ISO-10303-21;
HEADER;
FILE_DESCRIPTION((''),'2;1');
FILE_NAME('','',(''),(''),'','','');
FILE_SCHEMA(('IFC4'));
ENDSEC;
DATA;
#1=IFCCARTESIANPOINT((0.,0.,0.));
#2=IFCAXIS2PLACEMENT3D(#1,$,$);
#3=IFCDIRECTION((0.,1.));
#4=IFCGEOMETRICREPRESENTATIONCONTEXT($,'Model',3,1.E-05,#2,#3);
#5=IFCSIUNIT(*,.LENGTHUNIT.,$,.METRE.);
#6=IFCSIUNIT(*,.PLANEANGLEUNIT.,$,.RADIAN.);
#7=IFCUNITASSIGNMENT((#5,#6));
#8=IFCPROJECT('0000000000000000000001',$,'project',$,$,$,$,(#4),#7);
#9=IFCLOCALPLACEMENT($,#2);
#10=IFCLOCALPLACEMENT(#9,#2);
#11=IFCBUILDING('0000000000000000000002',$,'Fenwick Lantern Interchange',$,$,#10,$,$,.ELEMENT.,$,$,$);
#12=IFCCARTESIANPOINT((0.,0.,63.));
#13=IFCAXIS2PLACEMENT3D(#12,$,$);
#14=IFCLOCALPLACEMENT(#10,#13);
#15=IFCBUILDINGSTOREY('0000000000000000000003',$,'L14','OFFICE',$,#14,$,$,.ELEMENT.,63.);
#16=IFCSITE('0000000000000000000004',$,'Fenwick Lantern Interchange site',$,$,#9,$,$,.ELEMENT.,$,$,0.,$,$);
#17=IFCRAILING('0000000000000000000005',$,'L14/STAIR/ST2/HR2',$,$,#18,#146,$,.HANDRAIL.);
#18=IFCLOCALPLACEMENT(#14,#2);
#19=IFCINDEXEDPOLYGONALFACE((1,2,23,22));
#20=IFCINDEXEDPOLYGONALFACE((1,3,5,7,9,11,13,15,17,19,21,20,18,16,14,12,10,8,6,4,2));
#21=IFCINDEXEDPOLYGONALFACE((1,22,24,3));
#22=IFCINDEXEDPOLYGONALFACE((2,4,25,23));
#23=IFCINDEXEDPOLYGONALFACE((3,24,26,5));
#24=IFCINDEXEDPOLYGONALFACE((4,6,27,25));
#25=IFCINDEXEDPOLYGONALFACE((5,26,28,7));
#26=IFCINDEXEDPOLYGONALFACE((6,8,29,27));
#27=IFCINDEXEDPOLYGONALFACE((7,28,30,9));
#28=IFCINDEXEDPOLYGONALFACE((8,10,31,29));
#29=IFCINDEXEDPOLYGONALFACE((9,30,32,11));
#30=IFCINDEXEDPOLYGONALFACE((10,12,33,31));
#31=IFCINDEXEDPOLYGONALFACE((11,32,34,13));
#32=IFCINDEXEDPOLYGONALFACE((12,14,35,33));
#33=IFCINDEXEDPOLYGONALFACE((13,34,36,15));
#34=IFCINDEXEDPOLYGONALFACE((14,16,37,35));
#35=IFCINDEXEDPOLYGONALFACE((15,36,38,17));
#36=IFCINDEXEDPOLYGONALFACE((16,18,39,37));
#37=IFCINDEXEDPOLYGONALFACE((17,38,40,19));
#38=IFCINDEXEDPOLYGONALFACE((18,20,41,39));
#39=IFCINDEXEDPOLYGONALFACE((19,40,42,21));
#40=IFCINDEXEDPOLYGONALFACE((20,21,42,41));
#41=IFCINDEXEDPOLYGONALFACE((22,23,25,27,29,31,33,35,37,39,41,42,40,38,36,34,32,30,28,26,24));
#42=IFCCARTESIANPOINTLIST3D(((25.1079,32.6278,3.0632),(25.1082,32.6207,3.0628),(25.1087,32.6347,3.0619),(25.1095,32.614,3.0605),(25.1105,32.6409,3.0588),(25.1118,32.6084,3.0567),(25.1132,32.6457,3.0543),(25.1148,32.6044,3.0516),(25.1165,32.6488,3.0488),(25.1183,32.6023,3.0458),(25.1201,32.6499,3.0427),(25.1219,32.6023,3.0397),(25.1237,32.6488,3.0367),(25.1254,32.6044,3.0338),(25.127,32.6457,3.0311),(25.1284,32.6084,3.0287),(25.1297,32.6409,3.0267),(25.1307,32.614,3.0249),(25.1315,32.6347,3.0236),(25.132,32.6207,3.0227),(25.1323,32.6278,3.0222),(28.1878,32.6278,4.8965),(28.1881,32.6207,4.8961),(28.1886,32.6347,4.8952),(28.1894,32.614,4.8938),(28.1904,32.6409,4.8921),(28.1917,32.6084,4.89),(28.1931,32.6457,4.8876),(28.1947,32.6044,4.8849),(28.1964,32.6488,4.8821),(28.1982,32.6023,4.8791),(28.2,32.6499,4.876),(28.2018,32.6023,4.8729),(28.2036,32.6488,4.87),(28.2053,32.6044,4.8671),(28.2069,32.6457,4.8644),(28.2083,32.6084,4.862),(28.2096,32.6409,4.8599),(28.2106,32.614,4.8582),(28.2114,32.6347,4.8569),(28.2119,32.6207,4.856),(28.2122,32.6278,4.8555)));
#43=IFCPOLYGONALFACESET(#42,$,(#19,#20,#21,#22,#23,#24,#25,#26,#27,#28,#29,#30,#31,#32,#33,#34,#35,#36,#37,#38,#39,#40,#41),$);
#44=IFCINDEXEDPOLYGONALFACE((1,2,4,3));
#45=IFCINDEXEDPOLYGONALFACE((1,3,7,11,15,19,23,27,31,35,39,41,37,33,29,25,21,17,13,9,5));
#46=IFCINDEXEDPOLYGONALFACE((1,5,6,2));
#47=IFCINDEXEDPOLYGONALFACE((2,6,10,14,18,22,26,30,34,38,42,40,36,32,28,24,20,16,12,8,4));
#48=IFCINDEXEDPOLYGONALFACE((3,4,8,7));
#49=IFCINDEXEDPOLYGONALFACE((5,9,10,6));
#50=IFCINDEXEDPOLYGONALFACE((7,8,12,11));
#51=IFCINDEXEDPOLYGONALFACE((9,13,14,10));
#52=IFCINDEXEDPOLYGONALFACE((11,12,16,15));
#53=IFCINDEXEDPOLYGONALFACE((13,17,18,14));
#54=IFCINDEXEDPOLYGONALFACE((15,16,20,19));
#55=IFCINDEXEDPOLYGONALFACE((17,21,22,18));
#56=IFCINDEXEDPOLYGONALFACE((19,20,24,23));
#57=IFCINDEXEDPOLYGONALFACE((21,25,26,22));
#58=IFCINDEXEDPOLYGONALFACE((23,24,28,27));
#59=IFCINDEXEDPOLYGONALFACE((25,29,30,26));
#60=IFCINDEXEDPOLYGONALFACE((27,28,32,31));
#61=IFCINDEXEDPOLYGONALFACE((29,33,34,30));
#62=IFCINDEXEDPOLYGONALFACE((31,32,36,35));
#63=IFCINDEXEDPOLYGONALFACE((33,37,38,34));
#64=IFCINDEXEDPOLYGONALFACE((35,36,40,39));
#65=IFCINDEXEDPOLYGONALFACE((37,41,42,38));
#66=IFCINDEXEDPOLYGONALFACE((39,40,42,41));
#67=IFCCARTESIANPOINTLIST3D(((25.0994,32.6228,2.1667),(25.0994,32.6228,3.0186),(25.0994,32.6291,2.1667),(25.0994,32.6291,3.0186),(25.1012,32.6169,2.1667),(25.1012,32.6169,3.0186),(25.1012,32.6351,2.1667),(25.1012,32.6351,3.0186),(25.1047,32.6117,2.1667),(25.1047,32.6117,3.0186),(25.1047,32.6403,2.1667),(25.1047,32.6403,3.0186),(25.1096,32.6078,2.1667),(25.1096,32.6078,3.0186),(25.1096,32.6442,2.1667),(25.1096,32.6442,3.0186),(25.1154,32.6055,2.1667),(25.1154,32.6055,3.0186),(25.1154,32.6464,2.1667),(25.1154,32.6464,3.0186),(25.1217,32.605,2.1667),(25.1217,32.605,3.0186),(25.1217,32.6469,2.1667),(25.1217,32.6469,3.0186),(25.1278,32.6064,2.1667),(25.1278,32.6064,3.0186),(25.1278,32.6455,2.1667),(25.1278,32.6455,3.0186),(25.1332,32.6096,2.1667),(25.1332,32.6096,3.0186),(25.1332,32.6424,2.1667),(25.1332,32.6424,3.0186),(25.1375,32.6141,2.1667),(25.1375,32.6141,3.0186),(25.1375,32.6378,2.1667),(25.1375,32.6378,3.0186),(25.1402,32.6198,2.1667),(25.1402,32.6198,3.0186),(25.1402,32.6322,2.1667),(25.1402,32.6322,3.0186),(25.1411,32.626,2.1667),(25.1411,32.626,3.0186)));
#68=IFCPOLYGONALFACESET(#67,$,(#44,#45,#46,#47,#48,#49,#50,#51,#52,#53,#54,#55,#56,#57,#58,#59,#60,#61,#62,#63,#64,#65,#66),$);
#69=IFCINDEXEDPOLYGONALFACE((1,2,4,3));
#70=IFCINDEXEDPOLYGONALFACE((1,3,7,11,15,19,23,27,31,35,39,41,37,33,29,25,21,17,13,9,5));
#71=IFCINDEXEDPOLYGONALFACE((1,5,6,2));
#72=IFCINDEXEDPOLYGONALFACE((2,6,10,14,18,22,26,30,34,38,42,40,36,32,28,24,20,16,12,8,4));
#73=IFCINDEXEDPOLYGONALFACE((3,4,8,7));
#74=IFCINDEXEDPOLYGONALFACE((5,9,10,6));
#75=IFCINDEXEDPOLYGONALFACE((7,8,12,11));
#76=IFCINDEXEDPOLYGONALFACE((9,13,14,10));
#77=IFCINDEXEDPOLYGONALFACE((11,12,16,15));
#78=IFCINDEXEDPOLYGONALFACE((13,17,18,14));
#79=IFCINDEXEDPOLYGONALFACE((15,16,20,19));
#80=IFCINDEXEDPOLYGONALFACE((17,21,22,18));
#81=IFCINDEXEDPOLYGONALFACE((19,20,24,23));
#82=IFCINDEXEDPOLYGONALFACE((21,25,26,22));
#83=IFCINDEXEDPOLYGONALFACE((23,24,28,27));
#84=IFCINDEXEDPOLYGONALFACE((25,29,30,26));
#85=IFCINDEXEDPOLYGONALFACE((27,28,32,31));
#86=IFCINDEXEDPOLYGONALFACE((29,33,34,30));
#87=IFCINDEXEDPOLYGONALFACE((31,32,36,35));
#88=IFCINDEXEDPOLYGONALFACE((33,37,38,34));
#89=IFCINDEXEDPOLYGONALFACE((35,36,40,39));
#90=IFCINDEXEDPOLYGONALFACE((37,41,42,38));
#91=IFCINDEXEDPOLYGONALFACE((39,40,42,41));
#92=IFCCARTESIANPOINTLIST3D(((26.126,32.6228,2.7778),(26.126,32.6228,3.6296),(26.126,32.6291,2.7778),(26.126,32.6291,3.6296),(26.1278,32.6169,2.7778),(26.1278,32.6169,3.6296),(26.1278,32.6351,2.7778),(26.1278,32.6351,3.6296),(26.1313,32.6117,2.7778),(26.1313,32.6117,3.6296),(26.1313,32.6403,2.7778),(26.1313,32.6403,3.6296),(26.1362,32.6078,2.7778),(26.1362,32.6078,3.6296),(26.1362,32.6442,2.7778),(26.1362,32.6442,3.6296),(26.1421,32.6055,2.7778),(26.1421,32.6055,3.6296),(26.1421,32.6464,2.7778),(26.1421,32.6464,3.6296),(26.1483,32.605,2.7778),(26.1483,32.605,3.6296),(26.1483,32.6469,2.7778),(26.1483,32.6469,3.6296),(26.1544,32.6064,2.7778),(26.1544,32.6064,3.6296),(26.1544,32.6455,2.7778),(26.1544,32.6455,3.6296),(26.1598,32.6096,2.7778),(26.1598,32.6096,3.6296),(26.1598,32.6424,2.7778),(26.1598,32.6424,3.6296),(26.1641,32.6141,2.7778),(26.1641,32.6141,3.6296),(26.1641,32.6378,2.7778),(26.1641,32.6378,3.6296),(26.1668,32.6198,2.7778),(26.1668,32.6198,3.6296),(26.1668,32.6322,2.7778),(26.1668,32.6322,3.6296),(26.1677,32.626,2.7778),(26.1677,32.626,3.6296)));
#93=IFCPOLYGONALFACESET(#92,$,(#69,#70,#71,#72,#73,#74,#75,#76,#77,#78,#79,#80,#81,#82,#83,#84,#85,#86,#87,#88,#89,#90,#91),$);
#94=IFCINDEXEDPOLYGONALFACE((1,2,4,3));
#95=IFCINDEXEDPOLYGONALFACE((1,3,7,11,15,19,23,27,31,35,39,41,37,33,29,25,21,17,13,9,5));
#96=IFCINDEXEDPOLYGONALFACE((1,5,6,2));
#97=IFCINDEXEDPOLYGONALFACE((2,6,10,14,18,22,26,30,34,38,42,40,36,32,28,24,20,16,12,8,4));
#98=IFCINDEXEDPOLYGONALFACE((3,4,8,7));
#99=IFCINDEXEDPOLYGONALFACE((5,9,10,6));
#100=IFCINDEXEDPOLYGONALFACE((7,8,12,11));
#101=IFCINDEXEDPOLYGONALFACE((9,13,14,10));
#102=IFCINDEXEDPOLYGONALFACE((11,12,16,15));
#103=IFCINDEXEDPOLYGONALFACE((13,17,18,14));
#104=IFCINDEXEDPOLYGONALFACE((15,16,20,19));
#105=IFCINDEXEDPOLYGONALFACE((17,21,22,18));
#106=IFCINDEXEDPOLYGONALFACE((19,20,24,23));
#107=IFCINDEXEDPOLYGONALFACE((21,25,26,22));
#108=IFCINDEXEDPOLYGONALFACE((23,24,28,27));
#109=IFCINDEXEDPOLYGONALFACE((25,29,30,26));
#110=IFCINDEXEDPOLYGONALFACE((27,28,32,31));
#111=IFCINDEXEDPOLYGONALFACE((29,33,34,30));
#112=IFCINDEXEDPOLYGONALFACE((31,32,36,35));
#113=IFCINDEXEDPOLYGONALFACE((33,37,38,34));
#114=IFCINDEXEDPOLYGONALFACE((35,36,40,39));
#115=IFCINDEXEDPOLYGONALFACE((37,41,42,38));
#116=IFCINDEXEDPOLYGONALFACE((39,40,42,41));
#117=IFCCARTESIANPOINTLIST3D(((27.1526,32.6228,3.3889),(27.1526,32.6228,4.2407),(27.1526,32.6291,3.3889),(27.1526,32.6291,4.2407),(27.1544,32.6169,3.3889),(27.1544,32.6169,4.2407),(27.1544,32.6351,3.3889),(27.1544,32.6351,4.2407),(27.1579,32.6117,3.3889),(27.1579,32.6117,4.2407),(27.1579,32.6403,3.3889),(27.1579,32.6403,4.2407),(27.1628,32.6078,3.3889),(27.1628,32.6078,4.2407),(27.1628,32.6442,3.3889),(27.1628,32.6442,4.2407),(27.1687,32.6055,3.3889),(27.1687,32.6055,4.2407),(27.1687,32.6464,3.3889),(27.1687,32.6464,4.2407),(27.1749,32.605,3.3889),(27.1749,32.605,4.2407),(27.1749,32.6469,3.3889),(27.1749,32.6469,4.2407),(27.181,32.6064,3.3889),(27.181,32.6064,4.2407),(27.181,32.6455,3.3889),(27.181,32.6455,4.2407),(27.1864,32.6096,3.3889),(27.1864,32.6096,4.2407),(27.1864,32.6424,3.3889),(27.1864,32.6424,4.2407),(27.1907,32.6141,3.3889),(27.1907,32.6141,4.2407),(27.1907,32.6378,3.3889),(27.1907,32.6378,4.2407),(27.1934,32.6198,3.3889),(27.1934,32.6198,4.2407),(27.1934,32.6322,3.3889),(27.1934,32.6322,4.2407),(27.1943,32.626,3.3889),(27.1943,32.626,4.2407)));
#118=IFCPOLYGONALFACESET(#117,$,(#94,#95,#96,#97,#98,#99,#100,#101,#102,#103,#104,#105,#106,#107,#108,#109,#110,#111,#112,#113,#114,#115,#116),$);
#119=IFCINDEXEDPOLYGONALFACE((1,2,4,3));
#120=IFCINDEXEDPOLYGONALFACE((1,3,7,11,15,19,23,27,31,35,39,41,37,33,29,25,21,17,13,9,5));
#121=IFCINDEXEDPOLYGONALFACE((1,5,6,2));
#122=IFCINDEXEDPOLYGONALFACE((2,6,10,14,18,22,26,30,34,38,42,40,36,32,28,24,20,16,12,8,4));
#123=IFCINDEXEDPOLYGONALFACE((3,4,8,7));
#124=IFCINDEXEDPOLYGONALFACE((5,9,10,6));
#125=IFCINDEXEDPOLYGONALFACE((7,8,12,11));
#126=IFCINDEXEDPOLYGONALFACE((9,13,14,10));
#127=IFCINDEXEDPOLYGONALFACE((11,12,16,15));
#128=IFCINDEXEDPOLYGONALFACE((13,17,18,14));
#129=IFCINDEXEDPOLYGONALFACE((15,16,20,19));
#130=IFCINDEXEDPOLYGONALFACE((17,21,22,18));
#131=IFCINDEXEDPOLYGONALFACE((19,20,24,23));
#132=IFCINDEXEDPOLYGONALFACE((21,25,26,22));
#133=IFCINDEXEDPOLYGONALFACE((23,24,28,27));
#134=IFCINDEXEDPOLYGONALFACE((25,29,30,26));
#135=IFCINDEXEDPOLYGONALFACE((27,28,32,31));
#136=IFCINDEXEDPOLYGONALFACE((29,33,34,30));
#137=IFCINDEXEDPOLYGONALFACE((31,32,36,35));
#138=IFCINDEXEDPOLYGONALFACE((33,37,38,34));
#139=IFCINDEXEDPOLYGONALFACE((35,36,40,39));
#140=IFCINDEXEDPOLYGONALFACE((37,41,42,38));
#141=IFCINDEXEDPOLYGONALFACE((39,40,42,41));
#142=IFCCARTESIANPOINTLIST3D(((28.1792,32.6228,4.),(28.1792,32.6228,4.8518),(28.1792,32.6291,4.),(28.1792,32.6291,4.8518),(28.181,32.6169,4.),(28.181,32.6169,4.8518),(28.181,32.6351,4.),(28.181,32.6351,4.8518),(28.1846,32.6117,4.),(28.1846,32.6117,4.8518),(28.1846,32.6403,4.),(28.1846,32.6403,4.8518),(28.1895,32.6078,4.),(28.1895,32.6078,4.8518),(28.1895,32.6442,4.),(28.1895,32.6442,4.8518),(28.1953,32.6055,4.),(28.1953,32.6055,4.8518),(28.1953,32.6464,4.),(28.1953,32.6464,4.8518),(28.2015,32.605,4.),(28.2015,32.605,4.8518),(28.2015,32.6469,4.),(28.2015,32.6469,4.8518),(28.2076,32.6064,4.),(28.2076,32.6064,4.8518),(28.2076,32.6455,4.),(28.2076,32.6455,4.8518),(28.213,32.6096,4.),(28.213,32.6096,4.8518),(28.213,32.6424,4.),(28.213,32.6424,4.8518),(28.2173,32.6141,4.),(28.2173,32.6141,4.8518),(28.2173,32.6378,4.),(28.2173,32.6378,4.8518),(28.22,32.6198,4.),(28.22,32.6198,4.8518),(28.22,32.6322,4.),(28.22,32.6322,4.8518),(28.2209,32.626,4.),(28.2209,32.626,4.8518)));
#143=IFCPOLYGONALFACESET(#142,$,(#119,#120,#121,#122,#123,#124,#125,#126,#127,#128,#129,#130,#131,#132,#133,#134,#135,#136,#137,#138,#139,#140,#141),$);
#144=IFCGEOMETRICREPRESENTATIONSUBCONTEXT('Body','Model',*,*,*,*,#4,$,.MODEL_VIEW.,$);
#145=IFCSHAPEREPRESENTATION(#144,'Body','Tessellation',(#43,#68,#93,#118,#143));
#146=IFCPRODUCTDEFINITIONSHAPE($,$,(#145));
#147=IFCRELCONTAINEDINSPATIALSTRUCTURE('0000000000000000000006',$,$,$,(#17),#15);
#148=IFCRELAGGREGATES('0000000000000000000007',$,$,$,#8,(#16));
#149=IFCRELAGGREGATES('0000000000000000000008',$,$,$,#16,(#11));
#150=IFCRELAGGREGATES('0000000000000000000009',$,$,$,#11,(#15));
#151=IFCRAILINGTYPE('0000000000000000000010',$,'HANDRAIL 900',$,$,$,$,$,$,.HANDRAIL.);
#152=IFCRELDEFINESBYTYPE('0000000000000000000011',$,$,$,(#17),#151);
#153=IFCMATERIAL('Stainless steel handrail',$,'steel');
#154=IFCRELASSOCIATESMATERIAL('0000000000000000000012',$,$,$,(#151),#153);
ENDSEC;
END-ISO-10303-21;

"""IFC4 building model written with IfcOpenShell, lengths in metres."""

from ifc_helpers import new_model, si_unit, direction, frame, origin, origin_2d, place, context, subcontext, project, spatial, circle, extrude, material, type_object, element, save


model = new_model("IFC4")

# Units and contexts
model_context = context("Model", 3, precision=1e-05, world=origin(), true_north=direction((0.0, 1.0)))
body_context = subcontext(model_context, "Body", "Model", "MODEL_VIEW")
ifc_project = project(units=[si_unit("LENGTHUNIT", "METRE"), si_unit("PLANEANGLEUNIT", "RADIAN")], contexts=[model_context])

# Site, building, storey
site_placement = place(None, origin())
site = spatial("IfcSite", under=ifc_project, at=site_placement, Name="Fenwick Lantern Interchange site", CompositionType="ELEMENT", RefElevation=0.0)
building_placement = place(site_placement, origin())
building = spatial("IfcBuilding", under=site, at=building_placement, Name="Fenwick Lantern Interchange", CompositionType="ELEMENT")
storey_placement = place(building_placement, frame((0.0, 0.0, 63.0)))
storey = spatial("IfcBuildingStorey", under=building, at=storey_placement, Name="L14", Description="OFFICE", CompositionType="ELEMENT", Elevation=63.0)

# Railing
ifc_material_1 = material(Name="Stainless steel handrail", Category="steel")
railing_type = type_object("IfcRailingType", Name="HANDRAIL 900", PredefinedType="HANDRAIL", material=ifc_material_1)
railing_1_placement = place(storey_placement, frame((25.1201, 32.626, 2.1667)))
element("IfcRailing", 1, at=railing_1_placement, inside=storey, type_object=railing_type, Name="L14/STAIR/ST2/HR2", PredefinedType="HANDRAIL", context=body_context, shape_type="SweptSolid", body=[
    extrude(circle(Radius=0.0239, at=origin_2d()), frame((0.0, 0.0, 0.876), z_axis=(0.859291, 0.0, 0.511487), x_axis=(0.0, 1.0, 0.0)), (0.0, 0.0, 1.0), 3.5842),
    extrude(circle(Radius=0.021, at=origin_2d()), origin(), (0.0, 0.0, 1.0), 0.8518),
    extrude(circle(Radius=0.021, at=origin_2d()), frame((1.0266, 0.0, 0.6111)), (0.0, 0.0, 1.0), 0.8518),
    extrude(circle(Radius=0.021, at=origin_2d()), frame((2.0532, 0.0, 1.2222)), (0.0, 0.0, 1.0), 0.8518),
    extrude(circle(Radius=0.021, at=origin_2d()), frame((3.0798, 0.0, 1.8333)), (0.0, 0.0, 1.0), 0.8518),
])

save(model, "model.ifc")
